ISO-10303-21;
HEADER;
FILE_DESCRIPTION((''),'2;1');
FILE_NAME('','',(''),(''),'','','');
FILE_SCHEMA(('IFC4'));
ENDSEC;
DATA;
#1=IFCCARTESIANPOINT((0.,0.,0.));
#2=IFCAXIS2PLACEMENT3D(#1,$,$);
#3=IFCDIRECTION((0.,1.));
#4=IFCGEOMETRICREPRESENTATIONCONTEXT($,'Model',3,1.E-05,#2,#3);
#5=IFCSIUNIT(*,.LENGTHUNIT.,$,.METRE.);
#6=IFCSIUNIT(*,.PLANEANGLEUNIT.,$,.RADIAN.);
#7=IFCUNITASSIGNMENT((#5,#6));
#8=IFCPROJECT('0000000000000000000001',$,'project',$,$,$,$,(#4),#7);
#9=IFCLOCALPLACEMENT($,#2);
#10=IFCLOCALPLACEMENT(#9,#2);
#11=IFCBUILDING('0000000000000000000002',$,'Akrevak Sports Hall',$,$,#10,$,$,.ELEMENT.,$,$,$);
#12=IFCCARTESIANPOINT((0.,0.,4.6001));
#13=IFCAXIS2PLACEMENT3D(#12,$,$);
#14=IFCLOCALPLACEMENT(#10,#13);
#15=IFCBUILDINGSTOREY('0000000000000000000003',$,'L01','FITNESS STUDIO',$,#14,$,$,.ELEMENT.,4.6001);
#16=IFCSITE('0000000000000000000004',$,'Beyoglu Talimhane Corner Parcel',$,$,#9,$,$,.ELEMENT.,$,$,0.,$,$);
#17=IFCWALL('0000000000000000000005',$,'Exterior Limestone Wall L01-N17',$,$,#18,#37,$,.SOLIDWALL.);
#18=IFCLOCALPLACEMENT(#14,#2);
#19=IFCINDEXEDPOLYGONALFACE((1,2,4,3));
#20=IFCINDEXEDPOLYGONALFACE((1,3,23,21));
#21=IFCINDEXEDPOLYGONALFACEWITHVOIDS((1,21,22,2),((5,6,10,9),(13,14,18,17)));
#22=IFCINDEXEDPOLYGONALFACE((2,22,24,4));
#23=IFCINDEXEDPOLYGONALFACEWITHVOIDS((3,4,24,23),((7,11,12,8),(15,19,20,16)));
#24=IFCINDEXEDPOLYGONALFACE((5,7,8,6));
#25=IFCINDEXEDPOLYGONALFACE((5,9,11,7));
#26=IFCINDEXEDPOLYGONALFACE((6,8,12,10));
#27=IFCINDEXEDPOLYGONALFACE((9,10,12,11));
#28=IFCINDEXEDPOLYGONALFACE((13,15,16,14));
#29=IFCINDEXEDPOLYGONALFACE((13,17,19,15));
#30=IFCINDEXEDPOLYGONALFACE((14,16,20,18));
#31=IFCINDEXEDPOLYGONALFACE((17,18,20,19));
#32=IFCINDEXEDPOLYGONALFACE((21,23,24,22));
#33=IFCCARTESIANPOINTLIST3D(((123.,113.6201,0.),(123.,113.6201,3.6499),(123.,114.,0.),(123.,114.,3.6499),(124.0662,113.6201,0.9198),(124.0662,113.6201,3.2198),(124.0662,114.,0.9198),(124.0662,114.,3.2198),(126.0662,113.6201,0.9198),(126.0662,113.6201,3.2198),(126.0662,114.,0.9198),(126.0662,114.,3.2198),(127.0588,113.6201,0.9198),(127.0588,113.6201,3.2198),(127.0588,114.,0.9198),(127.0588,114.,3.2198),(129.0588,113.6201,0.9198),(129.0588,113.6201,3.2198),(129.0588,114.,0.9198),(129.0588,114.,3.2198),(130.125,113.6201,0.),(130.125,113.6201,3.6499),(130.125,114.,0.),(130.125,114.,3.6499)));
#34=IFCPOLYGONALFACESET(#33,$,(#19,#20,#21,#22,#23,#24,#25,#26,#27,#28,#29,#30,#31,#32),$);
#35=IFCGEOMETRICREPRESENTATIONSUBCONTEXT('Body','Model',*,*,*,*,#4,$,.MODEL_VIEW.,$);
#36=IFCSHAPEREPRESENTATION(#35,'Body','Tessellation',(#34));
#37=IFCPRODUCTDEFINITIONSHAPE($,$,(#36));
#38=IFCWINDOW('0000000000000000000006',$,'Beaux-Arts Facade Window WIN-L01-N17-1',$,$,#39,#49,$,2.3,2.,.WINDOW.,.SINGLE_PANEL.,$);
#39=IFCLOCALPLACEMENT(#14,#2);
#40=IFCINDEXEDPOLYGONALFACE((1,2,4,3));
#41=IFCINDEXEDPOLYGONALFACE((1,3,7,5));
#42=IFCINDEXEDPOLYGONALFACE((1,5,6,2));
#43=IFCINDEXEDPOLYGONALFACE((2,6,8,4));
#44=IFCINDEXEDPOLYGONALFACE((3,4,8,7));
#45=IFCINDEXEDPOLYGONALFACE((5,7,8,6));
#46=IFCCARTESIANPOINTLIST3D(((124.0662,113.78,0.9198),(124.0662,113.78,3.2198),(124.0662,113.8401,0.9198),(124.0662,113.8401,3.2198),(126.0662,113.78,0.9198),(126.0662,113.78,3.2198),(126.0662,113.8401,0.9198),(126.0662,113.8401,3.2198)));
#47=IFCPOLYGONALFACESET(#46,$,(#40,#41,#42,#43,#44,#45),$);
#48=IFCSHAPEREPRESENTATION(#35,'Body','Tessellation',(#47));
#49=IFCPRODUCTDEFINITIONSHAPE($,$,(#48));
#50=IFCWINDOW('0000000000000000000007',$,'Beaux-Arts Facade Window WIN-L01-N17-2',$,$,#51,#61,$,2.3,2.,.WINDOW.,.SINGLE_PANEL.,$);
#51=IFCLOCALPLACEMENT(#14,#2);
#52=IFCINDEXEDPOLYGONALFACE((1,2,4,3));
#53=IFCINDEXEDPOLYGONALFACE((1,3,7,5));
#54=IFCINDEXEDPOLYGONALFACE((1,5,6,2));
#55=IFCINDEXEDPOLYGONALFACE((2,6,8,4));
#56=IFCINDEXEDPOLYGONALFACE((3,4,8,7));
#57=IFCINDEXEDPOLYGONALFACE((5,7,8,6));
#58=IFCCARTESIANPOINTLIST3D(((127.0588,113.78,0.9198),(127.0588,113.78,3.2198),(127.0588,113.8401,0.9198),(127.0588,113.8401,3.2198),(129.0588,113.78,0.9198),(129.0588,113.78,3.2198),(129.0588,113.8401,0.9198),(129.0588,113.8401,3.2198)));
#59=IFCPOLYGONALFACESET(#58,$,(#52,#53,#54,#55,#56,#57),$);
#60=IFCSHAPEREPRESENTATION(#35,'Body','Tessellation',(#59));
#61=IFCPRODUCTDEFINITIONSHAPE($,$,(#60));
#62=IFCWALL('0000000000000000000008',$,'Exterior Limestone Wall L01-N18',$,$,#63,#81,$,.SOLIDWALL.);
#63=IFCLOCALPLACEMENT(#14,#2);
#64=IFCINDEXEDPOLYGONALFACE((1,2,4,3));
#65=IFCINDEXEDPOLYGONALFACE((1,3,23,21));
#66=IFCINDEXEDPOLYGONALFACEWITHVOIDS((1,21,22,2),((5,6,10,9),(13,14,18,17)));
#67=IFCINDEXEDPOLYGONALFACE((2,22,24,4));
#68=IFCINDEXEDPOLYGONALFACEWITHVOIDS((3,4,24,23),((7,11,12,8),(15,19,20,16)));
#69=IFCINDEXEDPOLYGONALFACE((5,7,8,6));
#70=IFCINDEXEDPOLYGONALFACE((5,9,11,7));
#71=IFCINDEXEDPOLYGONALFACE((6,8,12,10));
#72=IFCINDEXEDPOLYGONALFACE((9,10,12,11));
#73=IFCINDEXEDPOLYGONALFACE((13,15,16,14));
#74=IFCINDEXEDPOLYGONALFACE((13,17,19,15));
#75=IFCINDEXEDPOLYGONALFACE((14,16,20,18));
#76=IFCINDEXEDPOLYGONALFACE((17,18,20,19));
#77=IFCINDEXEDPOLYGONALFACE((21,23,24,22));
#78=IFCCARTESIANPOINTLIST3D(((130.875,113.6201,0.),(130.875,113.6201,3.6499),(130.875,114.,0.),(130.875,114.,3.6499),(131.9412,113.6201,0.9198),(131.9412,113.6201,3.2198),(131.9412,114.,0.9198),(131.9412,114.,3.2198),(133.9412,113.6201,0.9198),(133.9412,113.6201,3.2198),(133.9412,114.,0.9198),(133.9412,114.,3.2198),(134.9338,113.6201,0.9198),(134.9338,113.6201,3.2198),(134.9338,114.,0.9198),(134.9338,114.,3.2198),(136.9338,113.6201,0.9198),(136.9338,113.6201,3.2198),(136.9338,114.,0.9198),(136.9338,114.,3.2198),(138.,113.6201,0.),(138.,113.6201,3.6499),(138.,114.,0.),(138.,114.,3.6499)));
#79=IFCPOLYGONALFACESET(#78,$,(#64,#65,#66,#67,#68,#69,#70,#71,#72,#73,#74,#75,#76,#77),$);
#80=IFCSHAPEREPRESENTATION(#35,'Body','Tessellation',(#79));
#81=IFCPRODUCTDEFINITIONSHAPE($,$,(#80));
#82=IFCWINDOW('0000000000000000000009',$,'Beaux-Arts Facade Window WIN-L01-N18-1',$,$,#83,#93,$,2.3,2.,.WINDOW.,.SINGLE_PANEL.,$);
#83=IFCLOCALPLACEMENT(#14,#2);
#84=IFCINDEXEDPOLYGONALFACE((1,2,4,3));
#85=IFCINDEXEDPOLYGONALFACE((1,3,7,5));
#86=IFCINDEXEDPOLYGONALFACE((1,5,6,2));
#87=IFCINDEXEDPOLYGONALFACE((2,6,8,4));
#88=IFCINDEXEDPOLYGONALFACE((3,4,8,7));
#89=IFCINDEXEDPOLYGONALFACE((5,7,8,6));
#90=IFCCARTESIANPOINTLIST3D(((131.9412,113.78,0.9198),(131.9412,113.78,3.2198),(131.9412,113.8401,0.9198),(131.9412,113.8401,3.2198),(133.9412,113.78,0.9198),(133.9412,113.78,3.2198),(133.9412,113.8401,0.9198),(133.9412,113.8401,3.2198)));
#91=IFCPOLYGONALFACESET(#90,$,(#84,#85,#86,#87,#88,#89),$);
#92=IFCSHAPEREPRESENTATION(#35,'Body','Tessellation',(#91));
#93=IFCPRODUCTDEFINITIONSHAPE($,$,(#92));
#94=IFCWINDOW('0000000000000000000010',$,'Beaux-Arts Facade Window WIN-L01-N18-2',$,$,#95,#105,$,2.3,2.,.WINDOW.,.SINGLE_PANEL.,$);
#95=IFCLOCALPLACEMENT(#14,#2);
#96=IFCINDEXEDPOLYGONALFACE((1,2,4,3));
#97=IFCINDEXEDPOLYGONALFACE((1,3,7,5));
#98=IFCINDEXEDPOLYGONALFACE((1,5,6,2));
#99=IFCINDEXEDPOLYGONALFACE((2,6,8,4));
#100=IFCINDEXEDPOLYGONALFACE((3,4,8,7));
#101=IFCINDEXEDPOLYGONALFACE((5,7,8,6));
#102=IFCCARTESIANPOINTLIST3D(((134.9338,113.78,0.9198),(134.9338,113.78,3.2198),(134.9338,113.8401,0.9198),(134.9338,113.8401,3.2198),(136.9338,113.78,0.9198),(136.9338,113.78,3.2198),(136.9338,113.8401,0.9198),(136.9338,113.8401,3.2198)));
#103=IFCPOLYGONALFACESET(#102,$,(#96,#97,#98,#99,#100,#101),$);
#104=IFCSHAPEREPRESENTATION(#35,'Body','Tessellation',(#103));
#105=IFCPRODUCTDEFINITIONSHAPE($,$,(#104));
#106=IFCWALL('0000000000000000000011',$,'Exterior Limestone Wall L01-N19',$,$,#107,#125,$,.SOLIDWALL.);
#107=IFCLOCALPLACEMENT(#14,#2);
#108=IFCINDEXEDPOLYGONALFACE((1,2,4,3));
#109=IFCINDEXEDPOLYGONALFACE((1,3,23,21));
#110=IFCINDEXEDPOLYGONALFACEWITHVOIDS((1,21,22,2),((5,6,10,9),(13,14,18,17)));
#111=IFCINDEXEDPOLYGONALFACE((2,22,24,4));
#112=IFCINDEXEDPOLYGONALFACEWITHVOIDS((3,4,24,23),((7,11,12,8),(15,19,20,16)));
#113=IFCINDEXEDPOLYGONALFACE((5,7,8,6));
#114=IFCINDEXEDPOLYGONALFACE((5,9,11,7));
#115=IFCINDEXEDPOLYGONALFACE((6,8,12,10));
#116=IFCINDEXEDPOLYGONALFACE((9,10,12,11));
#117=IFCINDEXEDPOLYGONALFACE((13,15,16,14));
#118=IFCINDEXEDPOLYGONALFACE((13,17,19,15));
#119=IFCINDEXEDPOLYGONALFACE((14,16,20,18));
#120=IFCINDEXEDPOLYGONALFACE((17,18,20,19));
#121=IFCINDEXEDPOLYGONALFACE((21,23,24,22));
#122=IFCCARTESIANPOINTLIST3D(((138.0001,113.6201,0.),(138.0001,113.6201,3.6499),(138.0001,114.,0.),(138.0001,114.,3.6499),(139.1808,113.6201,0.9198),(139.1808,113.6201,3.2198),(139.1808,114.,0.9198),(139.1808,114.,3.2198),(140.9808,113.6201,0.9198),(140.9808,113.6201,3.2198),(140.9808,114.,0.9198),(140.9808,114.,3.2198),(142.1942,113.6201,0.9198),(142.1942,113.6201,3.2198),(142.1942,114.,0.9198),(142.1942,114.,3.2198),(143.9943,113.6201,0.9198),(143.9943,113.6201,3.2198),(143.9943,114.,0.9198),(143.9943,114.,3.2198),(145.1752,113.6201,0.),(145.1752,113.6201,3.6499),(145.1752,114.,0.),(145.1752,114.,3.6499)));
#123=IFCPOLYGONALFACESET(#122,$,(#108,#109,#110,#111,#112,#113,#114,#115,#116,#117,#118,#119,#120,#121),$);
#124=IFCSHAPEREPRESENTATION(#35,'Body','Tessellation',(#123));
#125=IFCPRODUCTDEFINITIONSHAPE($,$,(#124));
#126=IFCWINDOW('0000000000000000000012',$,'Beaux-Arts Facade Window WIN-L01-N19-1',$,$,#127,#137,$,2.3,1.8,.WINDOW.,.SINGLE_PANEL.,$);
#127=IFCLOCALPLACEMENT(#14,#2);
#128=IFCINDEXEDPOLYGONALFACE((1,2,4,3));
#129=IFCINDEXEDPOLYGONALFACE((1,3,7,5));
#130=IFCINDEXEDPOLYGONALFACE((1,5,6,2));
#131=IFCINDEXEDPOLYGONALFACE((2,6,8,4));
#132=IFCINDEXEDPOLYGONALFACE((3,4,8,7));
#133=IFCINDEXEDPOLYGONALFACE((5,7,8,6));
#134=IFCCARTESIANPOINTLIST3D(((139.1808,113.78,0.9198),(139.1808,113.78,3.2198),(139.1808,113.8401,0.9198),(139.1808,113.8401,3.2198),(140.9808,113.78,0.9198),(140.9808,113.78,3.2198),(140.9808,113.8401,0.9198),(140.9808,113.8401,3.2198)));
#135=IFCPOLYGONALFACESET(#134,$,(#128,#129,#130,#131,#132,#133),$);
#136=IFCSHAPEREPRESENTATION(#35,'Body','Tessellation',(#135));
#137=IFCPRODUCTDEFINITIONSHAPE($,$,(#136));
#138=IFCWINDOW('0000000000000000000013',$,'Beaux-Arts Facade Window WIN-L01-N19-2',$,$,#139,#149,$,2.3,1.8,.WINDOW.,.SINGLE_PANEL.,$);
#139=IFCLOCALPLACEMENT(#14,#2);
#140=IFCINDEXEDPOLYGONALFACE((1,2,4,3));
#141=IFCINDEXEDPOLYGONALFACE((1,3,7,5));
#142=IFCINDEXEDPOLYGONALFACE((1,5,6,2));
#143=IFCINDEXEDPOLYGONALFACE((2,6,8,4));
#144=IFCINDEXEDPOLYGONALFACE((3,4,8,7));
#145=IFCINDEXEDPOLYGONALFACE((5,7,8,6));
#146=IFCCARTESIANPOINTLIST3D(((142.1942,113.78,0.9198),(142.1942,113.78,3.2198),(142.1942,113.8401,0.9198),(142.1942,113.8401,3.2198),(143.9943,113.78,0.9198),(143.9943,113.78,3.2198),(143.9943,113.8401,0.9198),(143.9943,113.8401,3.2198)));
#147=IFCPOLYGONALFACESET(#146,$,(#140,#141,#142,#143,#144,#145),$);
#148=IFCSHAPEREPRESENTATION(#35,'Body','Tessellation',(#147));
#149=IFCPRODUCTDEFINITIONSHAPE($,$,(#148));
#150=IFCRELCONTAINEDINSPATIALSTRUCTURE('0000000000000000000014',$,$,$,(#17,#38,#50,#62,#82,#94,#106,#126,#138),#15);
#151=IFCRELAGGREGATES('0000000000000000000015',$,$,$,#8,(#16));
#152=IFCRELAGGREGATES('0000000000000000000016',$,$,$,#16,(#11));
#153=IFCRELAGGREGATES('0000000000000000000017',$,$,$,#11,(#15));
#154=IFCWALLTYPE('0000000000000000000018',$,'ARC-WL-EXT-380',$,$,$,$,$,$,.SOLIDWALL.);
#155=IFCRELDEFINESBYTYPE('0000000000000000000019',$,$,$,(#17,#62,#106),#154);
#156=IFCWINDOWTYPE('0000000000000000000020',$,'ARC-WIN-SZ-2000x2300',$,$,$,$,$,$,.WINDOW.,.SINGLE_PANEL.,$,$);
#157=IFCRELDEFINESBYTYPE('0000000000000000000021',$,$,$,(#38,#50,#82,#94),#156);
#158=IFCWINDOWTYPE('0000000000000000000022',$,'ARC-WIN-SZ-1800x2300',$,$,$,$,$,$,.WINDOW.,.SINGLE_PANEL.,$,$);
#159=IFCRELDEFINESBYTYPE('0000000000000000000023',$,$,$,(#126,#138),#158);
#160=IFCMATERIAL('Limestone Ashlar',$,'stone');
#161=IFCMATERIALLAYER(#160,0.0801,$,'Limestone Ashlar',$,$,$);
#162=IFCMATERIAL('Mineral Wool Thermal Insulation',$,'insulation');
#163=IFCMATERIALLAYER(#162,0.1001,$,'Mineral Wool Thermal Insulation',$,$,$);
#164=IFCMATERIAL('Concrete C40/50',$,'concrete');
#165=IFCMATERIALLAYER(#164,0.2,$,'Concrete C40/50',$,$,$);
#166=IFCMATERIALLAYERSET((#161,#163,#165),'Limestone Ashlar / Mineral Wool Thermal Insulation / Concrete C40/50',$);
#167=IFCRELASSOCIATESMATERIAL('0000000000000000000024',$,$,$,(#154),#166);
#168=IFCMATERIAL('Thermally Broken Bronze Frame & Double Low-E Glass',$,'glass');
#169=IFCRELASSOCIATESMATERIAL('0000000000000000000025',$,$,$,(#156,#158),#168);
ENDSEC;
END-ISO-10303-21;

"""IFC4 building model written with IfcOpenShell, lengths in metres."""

from ifc_helpers import new_model, si_unit, direction, frame, frame_2d, origin, place, context, subcontext, project, spatial, rectangle, extrude, material, layer, layer_set, type_object, element, fill, save


model = new_model("IFC4")

# Units and contexts
model_context = context("Model", 3, precision=1e-05, world=origin(), true_north=direction((0.0, 1.0)))
body_context = subcontext(model_context, "Body", "Model", "MODEL_VIEW")
ifc_project = project(units=[si_unit("LENGTHUNIT", "METRE"), si_unit("PLANEANGLEUNIT", "RADIAN")], contexts=[model_context])

# Site, building, storey
site_placement = place(None, origin())
site = spatial("IfcSite", under=ifc_project, at=site_placement, Name="Beyoglu Talimhane Corner Parcel", CompositionType="ELEMENT", RefElevation=0.0)
building_placement = place(site_placement, origin())
building = spatial("IfcBuilding", under=site, at=building_placement, Name="Akrevak Sports Hall", CompositionType="ELEMENT")
storey_placement = place(building_placement, frame((0.0, 0.0, 4.6001)))
storey = spatial("IfcBuildingStorey", under=building, at=storey_placement, Name="L01", Description="FITNESS STUDIO", CompositionType="ELEMENT", Elevation=4.6001)

# Shared definitions
ifc_material_1 = material(Name="Concrete C40/50", Category="concrete")

# Walls, openings, windows
ifc_material_2 = material(Name="Limestone Ashlar", Category="stone")
ifc_layer_1 = layer(ifc_material_2, 0.0801, Name="Limestone Ashlar")
ifc_material_3 = material(Name="Mineral Wool Thermal Insulation", Category="insulation")
ifc_layer_2 = layer(ifc_material_3, 0.1001, Name="Mineral Wool Thermal Insulation")
ifc_layer_3 = layer(ifc_material_1, 0.2, Name="Concrete C40/50")
ifc_layer_set_1 = layer_set([ifc_layer_1, ifc_layer_2, ifc_layer_3], Name="Limestone Ashlar / Mineral Wool Thermal Insulation / Concrete C40/50")
wall_type_1 = type_object("IfcWallType", Name="ARC-WL-EXT-380", PredefinedType="SOLIDWALL", material=ifc_layer_set_1)
ifc_material_4 = material(Name="Thermally Broken Bronze Frame & Double Low-E Glass", Category="glass")
window_type_1 = type_object("IfcWindowType", Name="ARC-WIN-SZ-2000x2300", PartitioningType="SINGLE_PANEL", PredefinedType="WINDOW", material=ifc_material_4)
wall_1_placement = place(storey_placement, frame((130.125, 113.8101, 0.0), z_axis=(0.0, 0.0, 1.0), x_axis=(-1.0, 0.0, 0.0)))
wall_1 = element("IfcWall", 1, at=wall_1_placement, inside=storey, type_object=wall_type_1, Name="Exterior Limestone Wall L01-N17", PredefinedType="SOLIDWALL", context=body_context, shape_type="SweptSolid", body=[
    extrude(rectangle(XDim=7.125, YDim=0.3799, at=frame_2d((3.5625, 0.0))), origin(), (0.0, 0.0, 1.0), 3.6499),
])
opening_1_placement = place(wall_1_placement, frame((4.0588, 0.0, 0.9199)))
opening_1 = element("IfcOpeningElement", 2, at=opening_1_placement, cuts=wall_1, PredefinedType="OPENING", context=body_context, shape_type="SweptSolid", body=[
    extrude(rectangle(XDim=2.0, YDim=2.3, at=frame_2d((1.0, 1.1499))), frame((0.0, 0.2019, 0.0), z_axis=(0.0, -1.0, 0.0), x_axis=(1.0, 0.0, 0.0)), (0.0, 0.0, 1.0), 0.4038),
])
opening_2_placement = place(wall_1_placement, frame((1.0662, 0.0, 0.9199)))
opening_2 = element("IfcOpeningElement", 3, at=opening_2_placement, cuts=wall_1, PredefinedType="OPENING", context=body_context, shape_type="SweptSolid", body=[
    extrude(rectangle(XDim=2.0, YDim=2.3, at=frame_2d((1.0, 1.1499))), frame((0.0, 0.2019, 0.0), z_axis=(0.0, -1.0, 0.0), x_axis=(1.0, 0.0, 0.0)), (0.0, 0.0, 1.0), 0.4038),
])
window_1_placement = place(opening_1_placement, origin())
window_1 = element("IfcWindow", 4, at=window_1_placement, inside=storey, type_object=window_type_1, Name="Beaux-Arts Facade Window WIN-L01-N17-1", OverallHeight=2.3, OverallWidth=2.0, PartitioningType="SINGLE_PANEL", PredefinedType="WINDOW", context=body_context, shape_type="SweptSolid", body=[
    extrude(rectangle(XDim=2.0, YDim=2.3, at=frame_2d((1.0, 1.1499))), frame((0.0, 0.03, 0.0), z_axis=(0.0, -1.0, 0.0), x_axis=(1.0, 0.0, 0.0)), (0.0, 0.0, 1.0), 0.0601),
])
fill(opening_1, window_1)
window_2_placement = place(opening_2_placement, origin())
window_2 = element("IfcWindow", 5, at=window_2_placement, inside=storey, type_object=window_type_1, Name="Beaux-Arts Facade Window WIN-L01-N17-2", OverallHeight=2.3, OverallWidth=2.0, PartitioningType="SINGLE_PANEL", PredefinedType="WINDOW", context=body_context, shape_type="SweptSolid", body=[
    extrude(rectangle(XDim=2.0, YDim=2.3, at=frame_2d((1.0, 1.1499))), frame((0.0, 0.03, 0.0), z_axis=(0.0, -1.0, 0.0), x_axis=(1.0, 0.0, 0.0)), (0.0, 0.0, 1.0), 0.0601),
])
fill(opening_2, window_2)
wall_2_placement = place(storey_placement, frame((138.0, 113.8101, 0.0), z_axis=(0.0, 0.0, 1.0), x_axis=(-1.0, 0.0, 0.0)))
wall_2 = element("IfcWall", 6, at=wall_2_placement, inside=storey, type_object=wall_type_1, Name="Exterior Limestone Wall L01-N18", PredefinedType="SOLIDWALL", context=body_context, shape_type="SweptSolid", body=[
    extrude(rectangle(XDim=7.125, YDim=0.3799, at=frame_2d((3.5625, 0.0))), origin(), (0.0, 0.0, 1.0), 3.6499),
])
opening_3_placement = place(wall_2_placement, frame((4.0588, 0.0, 0.9199)))
opening_3 = element("IfcOpeningElement", 7, at=opening_3_placement, cuts=wall_2, PredefinedType="OPENING", context=body_context, shape_type="SweptSolid", body=[
    extrude(rectangle(XDim=2.0, YDim=2.3, at=frame_2d((1.0, 1.1499))), frame((0.0, 0.2019, 0.0), z_axis=(0.0, -1.0, 0.0), x_axis=(1.0, 0.0, 0.0)), (0.0, 0.0, 1.0), 0.4038),
])
opening_4_placement = place(wall_2_placement, frame((1.0662, 0.0, 0.9199)))
opening_4 = element("IfcOpeningElement", 8, at=opening_4_placement, cuts=wall_2, PredefinedType="OPENING", context=body_context, shape_type="SweptSolid", body=[
    extrude(rectangle(XDim=2.0, YDim=2.3, at=frame_2d((1.0, 1.1499))), frame((0.0, 0.2019, 0.0), z_axis=(0.0, -1.0, 0.0), x_axis=(1.0, 0.0, 0.0)), (0.0, 0.0, 1.0), 0.4038),
])
window_3_placement = place(opening_3_placement, origin())
window_3 = element("IfcWindow", 9, at=window_3_placement, inside=storey, type_object=window_type_1, Name="Beaux-Arts Facade Window WIN-L01-N18-1", OverallHeight=2.3, OverallWidth=2.0, PartitioningType="SINGLE_PANEL", PredefinedType="WINDOW", context=body_context, shape_type="SweptSolid", body=[
    extrude(rectangle(XDim=2.0, YDim=2.3, at=frame_2d((1.0, 1.1499))), frame((0.0, 0.03, 0.0), z_axis=(0.0, -1.0, 0.0), x_axis=(1.0, 0.0, 0.0)), (0.0, 0.0, 1.0), 0.0601),
])
fill(opening_3, window_3)
window_4_placement = place(opening_4_placement, origin())
window_4 = element("IfcWindow", 10, at=window_4_placement, inside=storey, type_object=window_type_1, Name="Beaux-Arts Facade Window WIN-L01-N18-2", OverallHeight=2.3, OverallWidth=2.0, PartitioningType="SINGLE_PANEL", PredefinedType="WINDOW", context=body_context, shape_type="SweptSolid", body=[
    extrude(rectangle(XDim=2.0, YDim=2.3, at=frame_2d((1.0, 1.1499))), frame((0.0, 0.03, 0.0), z_axis=(0.0, -1.0, 0.0), x_axis=(1.0, 0.0, 0.0)), (0.0, 0.0, 1.0), 0.0601),
])
fill(opening_4, window_4)
wall_3_placement = place(storey_placement, frame((145.175, 113.8101, 0.0), z_axis=(0.0, 0.0, 1.0), x_axis=(-1.0, 0.0, 0.0)))
wall_3 = element("IfcWall", 11, at=wall_3_placement, inside=storey, type_object=wall_type_1, Name="Exterior Limestone Wall L01-N19", PredefinedType="SOLIDWALL", context=body_context, shape_type="SweptSolid", body=[
    extrude(rectangle(XDim=7.175, YDim=0.3799, at=frame_2d((3.5874, 0.0))), origin(), (0.0, 0.0, 1.0), 3.6499),
])
opening_5_placement = place(wall_3_placement, frame((4.1943, 0.0, 0.9199)))
opening_5 = element("IfcOpeningElement", 12, at=opening_5_placement, cuts=wall_3, PredefinedType="OPENING", context=body_context, shape_type="SweptSolid", body=[
    extrude(rectangle(XDim=1.8, YDim=2.3, at=frame_2d((0.8999, 1.1499))), frame((0.0, 0.2019, 0.0), z_axis=(0.0, -1.0, 0.0), x_axis=(1.0, 0.0, 0.0)), (0.0, 0.0, 1.0), 0.4038),
])
opening_6_placement = place(wall_3_placement, frame((1.1809, 0.0, 0.9199)))
opening_6 = element("IfcOpeningElement", 13, at=opening_6_placement, cuts=wall_3, PredefinedType="OPENING", context=body_context, shape_type="SweptSolid", body=[
    extrude(rectangle(XDim=1.8, YDim=2.3, at=frame_2d((0.8999, 1.1499))), frame((0.0, 0.2019, 0.0), z_axis=(0.0, -1.0, 0.0), x_axis=(1.0, 0.0, 0.0)), (0.0, 0.0, 1.0), 0.4038),
])
window_type_2 = type_object("IfcWindowType", Name="ARC-WIN-SZ-1800x2300", PartitioningType="SINGLE_PANEL", PredefinedType="WINDOW", material=ifc_material_4)
window_5_placement = place(opening_5_placement, origin())
window_5 = element("IfcWindow", 14, at=window_5_placement, inside=storey, type_object=window_type_2, Name="Beaux-Arts Facade Window WIN-L01-N19-1", OverallHeight=2.3, OverallWidth=1.8, PartitioningType="SINGLE_PANEL", PredefinedType="WINDOW", context=body_context, shape_type="SweptSolid", body=[
    extrude(rectangle(XDim=1.8, YDim=2.3, at=frame_2d((0.8999, 1.1499))), frame((0.0, 0.03, 0.0), z_axis=(0.0, -1.0, 0.0), x_axis=(1.0, 0.0, 0.0)), (0.0, 0.0, 1.0), 0.0601),
])
fill(opening_5, window_5)
window_6_placement = place(opening_6_placement, origin())
window_6 = element("IfcWindow", 15, at=window_6_placement, inside=storey, type_object=window_type_2, Name="Beaux-Arts Facade Window WIN-L01-N19-2", OverallHeight=2.3, OverallWidth=1.8, PartitioningType="SINGLE_PANEL", PredefinedType="WINDOW", context=body_context, shape_type="SweptSolid", body=[
    extrude(rectangle(XDim=1.8, YDim=2.3, at=frame_2d((0.8999, 1.1499))), frame((0.0, 0.03, 0.0), z_axis=(0.0, -1.0, 0.0), x_axis=(1.0, 0.0, 0.0)), (0.0, 0.0, 1.0), 0.0601),
])
fill(opening_6, window_6)

save(model, "model.ifc")
